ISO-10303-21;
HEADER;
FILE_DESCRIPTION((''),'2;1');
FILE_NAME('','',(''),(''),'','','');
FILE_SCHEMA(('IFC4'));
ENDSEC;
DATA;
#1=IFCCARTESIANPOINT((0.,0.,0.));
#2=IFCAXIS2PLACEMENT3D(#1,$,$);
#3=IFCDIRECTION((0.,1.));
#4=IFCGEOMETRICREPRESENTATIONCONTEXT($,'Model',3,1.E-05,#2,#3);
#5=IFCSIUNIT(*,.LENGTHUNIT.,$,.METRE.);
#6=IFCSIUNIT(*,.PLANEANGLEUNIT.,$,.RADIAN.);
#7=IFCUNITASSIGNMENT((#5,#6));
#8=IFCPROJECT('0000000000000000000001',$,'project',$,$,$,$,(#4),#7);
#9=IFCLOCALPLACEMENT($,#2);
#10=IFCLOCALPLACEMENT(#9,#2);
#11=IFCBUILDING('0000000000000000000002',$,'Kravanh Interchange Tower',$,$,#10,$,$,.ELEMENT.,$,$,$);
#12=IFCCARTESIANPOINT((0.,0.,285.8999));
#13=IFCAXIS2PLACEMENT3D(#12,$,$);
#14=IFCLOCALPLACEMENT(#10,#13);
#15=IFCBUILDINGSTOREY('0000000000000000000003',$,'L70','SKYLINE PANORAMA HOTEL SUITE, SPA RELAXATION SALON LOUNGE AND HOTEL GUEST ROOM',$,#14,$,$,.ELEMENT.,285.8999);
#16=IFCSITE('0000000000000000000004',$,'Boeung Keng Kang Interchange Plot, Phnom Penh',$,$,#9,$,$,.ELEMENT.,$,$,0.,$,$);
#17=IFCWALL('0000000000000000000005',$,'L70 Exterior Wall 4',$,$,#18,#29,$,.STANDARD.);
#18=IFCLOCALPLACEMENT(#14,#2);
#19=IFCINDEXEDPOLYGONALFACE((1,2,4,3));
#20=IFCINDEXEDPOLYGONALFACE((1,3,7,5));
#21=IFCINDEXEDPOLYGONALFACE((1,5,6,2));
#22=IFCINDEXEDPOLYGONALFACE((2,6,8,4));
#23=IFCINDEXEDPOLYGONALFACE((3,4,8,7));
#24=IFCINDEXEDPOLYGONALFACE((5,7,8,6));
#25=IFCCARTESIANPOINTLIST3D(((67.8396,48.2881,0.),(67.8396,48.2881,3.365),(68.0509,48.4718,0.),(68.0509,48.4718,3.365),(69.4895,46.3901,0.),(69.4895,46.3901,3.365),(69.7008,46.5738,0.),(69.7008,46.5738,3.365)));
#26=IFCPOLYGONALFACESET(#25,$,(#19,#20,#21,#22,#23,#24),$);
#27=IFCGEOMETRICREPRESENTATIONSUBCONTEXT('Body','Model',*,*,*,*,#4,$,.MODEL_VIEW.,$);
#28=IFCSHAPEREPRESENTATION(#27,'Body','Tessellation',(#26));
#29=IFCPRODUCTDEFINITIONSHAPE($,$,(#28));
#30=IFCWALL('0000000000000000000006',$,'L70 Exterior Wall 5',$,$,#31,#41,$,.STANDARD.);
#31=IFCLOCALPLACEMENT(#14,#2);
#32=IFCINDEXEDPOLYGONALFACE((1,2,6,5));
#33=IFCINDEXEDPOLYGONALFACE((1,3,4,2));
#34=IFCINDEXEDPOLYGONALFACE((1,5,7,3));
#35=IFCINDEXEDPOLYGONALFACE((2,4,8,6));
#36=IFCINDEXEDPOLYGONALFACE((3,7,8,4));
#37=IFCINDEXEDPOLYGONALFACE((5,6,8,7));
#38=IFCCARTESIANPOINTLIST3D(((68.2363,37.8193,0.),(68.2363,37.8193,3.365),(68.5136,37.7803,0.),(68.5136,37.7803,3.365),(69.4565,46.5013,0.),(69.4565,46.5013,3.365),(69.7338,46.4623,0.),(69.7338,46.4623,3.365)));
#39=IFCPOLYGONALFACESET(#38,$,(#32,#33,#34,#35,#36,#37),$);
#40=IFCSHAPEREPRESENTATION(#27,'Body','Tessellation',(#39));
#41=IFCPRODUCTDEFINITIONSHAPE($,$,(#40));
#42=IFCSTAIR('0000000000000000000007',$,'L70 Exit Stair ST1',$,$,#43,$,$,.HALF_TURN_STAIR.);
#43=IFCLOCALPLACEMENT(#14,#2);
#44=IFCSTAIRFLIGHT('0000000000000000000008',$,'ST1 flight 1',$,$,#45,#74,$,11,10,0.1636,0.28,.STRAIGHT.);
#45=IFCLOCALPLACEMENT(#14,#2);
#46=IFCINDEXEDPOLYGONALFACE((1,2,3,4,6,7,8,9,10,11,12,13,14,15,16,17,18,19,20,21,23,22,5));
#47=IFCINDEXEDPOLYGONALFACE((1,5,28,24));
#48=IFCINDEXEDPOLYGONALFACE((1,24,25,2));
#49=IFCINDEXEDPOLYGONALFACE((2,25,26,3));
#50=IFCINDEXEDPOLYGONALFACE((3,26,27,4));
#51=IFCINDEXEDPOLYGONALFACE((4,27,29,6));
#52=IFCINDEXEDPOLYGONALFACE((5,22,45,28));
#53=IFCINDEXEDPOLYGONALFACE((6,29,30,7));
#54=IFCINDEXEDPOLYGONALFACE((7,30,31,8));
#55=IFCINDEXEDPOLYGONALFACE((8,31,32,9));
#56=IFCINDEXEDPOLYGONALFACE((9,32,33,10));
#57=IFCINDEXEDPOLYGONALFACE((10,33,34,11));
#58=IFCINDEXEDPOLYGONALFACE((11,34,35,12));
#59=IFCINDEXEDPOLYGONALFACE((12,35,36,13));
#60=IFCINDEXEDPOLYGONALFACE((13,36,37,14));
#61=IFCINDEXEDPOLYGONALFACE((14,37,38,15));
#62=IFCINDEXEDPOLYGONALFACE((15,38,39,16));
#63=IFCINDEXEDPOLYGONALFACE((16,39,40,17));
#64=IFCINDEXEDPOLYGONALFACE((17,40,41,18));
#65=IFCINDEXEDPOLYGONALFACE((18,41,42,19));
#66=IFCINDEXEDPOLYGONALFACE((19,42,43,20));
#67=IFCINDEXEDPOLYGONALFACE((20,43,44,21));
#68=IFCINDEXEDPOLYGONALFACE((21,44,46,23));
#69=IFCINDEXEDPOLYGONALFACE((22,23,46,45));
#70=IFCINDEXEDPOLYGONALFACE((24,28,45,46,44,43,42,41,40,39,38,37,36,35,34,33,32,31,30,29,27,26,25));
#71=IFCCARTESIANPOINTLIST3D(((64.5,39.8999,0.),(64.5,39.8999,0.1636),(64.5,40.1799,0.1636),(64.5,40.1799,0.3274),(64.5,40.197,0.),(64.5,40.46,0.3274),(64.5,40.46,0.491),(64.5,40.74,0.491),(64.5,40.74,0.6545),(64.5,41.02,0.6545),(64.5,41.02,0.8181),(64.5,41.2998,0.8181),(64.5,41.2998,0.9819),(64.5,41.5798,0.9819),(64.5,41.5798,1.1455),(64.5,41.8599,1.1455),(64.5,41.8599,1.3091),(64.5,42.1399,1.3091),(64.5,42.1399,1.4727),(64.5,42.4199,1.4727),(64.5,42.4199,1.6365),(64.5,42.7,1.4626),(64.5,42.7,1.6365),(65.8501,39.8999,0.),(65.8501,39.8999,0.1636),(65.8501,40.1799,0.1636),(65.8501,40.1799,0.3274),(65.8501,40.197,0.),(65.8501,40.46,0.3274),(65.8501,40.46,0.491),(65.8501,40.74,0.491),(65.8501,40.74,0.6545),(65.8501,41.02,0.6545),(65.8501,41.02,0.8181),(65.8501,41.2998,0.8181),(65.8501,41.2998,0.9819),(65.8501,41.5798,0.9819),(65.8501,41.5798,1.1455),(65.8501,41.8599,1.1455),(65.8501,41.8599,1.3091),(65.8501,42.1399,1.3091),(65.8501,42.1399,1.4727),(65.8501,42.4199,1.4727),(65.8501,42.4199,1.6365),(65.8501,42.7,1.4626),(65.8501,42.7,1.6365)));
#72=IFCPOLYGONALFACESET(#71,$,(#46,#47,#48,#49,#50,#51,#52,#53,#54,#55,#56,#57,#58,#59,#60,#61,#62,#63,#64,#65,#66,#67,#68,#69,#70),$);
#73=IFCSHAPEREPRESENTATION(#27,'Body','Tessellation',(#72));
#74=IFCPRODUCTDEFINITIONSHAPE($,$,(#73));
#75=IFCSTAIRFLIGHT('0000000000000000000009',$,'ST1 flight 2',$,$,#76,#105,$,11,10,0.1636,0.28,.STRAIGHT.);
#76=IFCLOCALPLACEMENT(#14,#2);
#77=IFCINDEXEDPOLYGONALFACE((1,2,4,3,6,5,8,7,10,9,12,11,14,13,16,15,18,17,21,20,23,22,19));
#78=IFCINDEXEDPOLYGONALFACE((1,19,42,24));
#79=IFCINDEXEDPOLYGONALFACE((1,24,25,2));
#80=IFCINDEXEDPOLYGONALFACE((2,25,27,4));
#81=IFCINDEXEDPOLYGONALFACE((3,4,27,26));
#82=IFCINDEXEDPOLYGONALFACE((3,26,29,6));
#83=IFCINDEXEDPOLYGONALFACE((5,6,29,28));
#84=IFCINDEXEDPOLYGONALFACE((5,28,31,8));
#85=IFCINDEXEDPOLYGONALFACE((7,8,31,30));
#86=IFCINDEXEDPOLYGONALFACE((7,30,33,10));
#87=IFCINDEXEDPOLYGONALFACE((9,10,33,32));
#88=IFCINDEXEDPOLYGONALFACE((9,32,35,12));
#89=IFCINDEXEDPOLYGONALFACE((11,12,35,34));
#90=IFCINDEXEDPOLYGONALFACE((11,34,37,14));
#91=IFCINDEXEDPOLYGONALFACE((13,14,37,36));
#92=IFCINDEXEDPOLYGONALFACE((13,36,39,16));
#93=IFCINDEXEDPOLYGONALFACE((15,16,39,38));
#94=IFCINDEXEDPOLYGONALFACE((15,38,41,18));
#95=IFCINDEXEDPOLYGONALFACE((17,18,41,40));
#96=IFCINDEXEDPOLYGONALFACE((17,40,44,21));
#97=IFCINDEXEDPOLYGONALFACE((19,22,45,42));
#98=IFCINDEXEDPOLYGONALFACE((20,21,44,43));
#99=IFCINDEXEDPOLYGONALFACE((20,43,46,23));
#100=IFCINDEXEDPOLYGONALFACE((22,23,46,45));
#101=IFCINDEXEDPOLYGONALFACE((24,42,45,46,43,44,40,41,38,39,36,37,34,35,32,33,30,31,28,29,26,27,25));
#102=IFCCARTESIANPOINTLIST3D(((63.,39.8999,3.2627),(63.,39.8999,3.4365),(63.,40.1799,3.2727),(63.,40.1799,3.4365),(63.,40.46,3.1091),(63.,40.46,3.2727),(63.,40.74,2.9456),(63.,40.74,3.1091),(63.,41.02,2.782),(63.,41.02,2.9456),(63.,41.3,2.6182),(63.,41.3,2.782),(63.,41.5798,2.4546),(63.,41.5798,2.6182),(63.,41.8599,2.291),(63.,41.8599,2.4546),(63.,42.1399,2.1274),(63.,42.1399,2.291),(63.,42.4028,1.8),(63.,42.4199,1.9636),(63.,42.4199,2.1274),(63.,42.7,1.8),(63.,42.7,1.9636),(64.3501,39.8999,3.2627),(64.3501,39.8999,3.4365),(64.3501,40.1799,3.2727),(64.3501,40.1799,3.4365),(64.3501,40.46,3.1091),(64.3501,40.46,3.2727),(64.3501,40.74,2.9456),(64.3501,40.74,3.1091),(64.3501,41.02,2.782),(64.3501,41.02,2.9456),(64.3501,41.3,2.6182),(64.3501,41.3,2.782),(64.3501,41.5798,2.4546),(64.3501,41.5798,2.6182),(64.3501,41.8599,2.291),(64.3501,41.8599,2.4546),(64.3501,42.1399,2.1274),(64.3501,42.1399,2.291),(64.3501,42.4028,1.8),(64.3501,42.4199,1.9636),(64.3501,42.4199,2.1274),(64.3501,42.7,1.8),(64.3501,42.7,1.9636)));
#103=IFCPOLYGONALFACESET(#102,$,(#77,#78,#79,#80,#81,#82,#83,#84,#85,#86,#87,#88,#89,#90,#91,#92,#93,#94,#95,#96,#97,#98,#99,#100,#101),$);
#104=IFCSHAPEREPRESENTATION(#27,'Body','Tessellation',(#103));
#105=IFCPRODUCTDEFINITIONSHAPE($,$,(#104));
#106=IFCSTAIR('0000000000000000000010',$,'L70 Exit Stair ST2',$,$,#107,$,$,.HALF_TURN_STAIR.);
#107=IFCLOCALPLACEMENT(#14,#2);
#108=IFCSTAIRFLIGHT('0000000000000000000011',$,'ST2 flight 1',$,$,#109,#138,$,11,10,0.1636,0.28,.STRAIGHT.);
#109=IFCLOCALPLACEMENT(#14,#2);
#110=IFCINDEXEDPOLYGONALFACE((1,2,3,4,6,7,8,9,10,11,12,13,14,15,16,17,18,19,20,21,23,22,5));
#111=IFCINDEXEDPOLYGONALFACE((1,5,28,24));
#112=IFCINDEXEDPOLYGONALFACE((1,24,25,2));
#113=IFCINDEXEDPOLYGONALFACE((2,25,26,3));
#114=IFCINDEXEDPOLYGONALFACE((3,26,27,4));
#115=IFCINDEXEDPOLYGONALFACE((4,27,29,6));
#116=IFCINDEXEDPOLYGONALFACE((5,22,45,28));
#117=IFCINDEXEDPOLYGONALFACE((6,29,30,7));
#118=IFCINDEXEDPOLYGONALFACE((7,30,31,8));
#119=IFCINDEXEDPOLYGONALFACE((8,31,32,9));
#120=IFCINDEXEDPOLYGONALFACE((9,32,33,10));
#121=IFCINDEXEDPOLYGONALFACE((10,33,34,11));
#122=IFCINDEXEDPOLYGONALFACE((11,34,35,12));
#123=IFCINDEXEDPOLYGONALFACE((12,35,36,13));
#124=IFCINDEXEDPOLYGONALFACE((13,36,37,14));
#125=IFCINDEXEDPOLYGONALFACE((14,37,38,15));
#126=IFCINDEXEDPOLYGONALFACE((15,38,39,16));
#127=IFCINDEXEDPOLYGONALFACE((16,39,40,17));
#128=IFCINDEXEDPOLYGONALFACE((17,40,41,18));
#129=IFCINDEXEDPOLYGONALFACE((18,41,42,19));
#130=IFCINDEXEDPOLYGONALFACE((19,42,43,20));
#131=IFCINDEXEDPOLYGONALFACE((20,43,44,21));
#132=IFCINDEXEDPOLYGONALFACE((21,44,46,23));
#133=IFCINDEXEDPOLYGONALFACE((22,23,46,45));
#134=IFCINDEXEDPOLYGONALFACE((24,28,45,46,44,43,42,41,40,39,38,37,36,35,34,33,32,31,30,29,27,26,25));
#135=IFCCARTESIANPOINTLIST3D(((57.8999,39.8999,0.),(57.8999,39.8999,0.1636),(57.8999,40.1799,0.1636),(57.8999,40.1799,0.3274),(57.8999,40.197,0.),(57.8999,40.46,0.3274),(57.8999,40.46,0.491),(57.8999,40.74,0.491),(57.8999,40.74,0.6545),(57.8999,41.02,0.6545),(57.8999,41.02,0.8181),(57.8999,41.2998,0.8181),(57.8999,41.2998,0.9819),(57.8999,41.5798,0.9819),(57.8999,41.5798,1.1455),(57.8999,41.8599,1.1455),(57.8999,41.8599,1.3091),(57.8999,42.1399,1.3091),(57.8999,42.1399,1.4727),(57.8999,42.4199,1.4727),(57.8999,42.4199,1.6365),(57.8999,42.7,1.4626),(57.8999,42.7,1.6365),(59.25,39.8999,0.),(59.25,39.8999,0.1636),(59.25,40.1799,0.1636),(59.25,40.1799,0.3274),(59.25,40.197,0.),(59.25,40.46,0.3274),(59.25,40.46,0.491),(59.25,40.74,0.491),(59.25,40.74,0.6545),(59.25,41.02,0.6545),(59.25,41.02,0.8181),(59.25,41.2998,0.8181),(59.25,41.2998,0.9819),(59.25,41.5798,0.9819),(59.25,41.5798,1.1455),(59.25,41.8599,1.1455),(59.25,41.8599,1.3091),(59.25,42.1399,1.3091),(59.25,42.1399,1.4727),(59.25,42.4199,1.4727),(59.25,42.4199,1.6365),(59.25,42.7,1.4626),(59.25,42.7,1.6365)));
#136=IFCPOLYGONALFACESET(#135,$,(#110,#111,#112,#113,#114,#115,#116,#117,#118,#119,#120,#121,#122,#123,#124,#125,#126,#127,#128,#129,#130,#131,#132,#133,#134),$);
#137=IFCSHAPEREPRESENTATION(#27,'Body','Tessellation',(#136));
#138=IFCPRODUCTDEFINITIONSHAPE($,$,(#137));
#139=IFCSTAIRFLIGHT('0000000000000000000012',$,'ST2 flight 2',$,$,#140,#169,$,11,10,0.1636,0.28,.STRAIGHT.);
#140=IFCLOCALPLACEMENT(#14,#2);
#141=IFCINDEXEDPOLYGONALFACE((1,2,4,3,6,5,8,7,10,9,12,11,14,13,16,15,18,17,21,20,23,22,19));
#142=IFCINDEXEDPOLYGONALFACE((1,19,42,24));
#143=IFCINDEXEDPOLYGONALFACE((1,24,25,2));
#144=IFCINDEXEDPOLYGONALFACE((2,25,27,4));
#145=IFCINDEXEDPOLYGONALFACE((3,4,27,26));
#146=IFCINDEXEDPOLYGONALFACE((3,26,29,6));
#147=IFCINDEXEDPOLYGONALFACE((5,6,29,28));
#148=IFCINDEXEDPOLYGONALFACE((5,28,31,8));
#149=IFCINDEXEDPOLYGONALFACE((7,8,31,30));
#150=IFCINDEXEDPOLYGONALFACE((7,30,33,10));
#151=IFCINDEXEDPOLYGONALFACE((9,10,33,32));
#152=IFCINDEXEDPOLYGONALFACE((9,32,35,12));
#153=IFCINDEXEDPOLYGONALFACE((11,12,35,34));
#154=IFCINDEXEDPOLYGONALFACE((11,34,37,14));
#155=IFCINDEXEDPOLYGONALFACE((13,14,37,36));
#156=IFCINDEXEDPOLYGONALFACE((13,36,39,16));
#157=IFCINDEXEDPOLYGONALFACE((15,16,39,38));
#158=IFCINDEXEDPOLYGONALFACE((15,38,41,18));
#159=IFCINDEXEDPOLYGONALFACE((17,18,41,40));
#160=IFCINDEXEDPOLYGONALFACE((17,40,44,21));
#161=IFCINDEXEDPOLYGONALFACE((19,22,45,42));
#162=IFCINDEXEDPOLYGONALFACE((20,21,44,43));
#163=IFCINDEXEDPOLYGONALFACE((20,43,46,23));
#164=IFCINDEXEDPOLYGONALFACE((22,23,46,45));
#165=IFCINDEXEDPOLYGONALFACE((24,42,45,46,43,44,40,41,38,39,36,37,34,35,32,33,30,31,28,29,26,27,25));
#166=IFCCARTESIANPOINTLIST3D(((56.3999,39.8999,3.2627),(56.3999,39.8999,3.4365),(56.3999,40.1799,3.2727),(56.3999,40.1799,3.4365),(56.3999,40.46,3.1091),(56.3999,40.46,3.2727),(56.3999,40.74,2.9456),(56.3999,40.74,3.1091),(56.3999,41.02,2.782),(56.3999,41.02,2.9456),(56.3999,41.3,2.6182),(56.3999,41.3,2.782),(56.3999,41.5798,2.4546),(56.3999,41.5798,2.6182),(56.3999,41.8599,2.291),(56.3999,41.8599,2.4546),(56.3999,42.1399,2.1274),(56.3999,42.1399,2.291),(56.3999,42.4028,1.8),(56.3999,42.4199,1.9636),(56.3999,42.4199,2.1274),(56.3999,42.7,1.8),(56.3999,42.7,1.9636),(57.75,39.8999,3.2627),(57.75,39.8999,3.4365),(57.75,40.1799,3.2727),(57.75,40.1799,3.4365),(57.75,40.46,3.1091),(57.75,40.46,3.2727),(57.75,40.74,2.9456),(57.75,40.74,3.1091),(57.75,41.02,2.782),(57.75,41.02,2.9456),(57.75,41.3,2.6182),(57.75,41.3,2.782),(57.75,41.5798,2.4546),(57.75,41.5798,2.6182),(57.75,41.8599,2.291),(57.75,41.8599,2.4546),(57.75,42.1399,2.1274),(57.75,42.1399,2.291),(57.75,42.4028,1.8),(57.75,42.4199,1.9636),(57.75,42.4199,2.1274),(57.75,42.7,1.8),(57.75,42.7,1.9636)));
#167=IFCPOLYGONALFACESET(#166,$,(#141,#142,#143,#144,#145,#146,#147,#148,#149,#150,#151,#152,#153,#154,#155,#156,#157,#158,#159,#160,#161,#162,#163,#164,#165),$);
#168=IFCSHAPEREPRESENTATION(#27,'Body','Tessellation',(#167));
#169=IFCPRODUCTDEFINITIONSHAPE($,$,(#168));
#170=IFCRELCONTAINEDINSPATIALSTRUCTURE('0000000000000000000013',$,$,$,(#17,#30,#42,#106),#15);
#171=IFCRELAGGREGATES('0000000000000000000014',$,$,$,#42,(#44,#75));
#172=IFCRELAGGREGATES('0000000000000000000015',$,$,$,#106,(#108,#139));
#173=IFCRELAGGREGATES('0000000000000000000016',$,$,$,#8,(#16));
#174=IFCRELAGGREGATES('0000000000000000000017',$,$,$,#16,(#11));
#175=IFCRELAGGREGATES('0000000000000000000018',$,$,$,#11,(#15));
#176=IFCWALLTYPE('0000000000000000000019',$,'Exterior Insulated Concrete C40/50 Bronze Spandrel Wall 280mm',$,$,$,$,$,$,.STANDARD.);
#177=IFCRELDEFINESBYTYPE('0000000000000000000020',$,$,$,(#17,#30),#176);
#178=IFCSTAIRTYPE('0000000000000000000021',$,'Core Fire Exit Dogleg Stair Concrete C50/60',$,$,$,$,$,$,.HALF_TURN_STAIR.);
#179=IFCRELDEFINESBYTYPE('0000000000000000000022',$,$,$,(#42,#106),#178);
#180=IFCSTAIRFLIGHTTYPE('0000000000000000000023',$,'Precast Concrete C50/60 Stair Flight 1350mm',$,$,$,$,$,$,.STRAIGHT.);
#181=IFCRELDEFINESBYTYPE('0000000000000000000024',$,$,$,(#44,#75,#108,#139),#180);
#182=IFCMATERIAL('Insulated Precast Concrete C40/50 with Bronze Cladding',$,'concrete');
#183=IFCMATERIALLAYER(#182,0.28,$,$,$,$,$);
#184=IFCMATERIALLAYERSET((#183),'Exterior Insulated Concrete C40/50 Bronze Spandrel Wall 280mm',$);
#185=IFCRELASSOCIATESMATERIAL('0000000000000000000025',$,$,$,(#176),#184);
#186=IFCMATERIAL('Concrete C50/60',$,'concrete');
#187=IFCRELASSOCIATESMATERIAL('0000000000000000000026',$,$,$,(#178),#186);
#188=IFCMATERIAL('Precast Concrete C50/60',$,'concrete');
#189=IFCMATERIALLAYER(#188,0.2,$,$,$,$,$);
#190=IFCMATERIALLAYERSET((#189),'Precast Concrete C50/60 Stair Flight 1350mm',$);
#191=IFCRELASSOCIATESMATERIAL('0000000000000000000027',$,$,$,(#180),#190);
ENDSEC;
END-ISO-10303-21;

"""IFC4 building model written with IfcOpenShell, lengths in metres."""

from ifc_helpers import new_model, si_unit, direction, frame, frame_2d, origin, place, context, subcontext, project, spatial, polyline, rectangle, outline, extrude, material, layer, layer_set, type_object, element, aggregate, save


model = new_model("IFC4")

# Units and contexts
model_context = context("Model", 3, precision=1e-05, world=origin(), true_north=direction((0.0, 1.0)))
body_context = subcontext(model_context, "Body", "Model", "MODEL_VIEW")
ifc_project = project(units=[si_unit("LENGTHUNIT", "METRE"), si_unit("PLANEANGLEUNIT", "RADIAN")], contexts=[model_context])

# Site, building, storey
site_placement = place(None, origin())
site = spatial("IfcSite", under=ifc_project, at=site_placement, Name="Boeung Keng Kang Interchange Plot, Phnom Penh", CompositionType="ELEMENT", RefElevation=0.0)
building_placement = place(site_placement, origin())
building = spatial("IfcBuilding", under=site, at=building_placement, Name="Kravanh Interchange Tower", CompositionType="ELEMENT")
storey_placement = place(building_placement, frame((0.0, 0.0, 285.8999)))
storey = spatial("IfcBuildingStorey", under=building, at=storey_placement, Name="L70", Description="SKYLINE PANORAMA HOTEL SUITE, SPA RELAXATION SALON LOUNGE AND HOTEL GUEST ROOM", CompositionType="ELEMENT", Elevation=285.8999)

# Walls
ifc_material_1 = material(Name="Insulated Precast Concrete C40/50 with Bronze Cladding", Category="concrete")
ifc_layer_1 = layer(ifc_material_1, 0.28)
ifc_layer_set_1 = layer_set([ifc_layer_1], Name="Exterior Insulated Concrete C40/50 Bronze Spandrel Wall 280mm")
wall_type_1 = type_object("IfcWallType", Name="Exterior Insulated Concrete C40/50 Bronze Spandrel Wall 280mm", PredefinedType="STANDARD", material=ifc_layer_set_1)
wall_1_placement = place(storey_placement, frame((67.9453, 48.3799, 0.0), z_axis=(0.0, 0.0, 1.0), x_axis=(0.656068, -0.754702, 0.0)))
element("IfcWall", 1, at=wall_1_placement, inside=storey, type_object=wall_type_1, Name="L70 Exterior Wall 4", PredefinedType="STANDARD", context=body_context, shape_type="SweptSolid", body=[
    extrude(rectangle(XDim=2.5149, YDim=0.28, at=frame_2d((1.2573, 0.0))), origin(), (0.0, 0.0, 1.0), 3.365),
])
wall_2_placement = place(storey_placement, frame((69.5952, 46.4819, 0.0), z_axis=(0.0, 0.0, 1.0), x_axis=(-0.139179, -0.990267, 0.0)))
element("IfcWall", 2, at=wall_2_placement, inside=storey, type_object=wall_type_1, Name="L70 Exterior Wall 5", PredefinedType="STANDARD", context=body_context, shape_type="SweptSolid", body=[
    extrude(rectangle(XDim=8.7673, YDim=0.28, at=frame_2d((4.3838, 0.0))), origin(), (0.0, 0.0, 1.0), 3.365),
])

# Stairs, stair flights
ifc_material_2 = material(Name="Concrete C50/60", Category="concrete")
stair_type = type_object("IfcStairType", Name="Core Fire Exit Dogleg Stair Concrete C50/60", PredefinedType="HALF_TURN_STAIR", material=ifc_material_2)
stair_1_placement = place(storey_placement, origin())
stair_1 = element("IfcStair", 3, at=stair_1_placement, inside=storey, type_object=stair_type, Name="L70 Exit Stair ST1", PredefinedType="HALF_TURN_STAIR")
ifc_material_3 = material(Name="Precast Concrete C50/60", Category="concrete")
ifc_layer_2 = layer(ifc_material_3, 0.2)
ifc_layer_set_2 = layer_set([ifc_layer_2], Name="Precast Concrete C50/60 Stair Flight 1350mm")
stair_flight_type = type_object("IfcStairFlightType", Name="Precast Concrete C50/60 Stair Flight 1350mm", PredefinedType="STRAIGHT", material=ifc_layer_set_2)
stair_flight_1_placement = place(storey_placement, frame((65.175, 39.8999, 0.0), z_axis=(0.0, 0.0, 1.0), x_axis=(0.0, 1.0, 0.0)))
stair_flight_1 = element("IfcStairFlight", 4, at=stair_flight_1_placement, type_object=stair_flight_type, Name="ST1 flight 1", NumberOfRisers=11, NumberOfTreads=10, PredefinedType="STRAIGHT", RiserHeight=0.1636, TreadLength=0.28, context=body_context, shape_type="SweptSolid", body=[
    extrude(outline(polyline([(0.0, 0.0), (0.0, 0.1636), (0.28, 0.1636), (0.28, 0.3274), (0.5601, 0.3274), (0.5601, 0.491), (0.8401, 0.491), (0.8401, 0.6545), (1.1201, 0.6545), (1.1201, 0.8181), (1.3999, 0.8181), (1.3999, 0.9819), (1.6799, 0.9819), (1.6799, 1.1455), (1.96, 1.1455), (1.96, 1.3091), (2.24, 1.3091), (2.24, 1.4727), (2.52, 1.4727), (2.52, 1.6365), (2.8, 1.6365), (2.8, 1.8), (2.8, 1.4626), (0.2971, 0.0), (0.0, 0.0)])), frame((0.0, 0.675, 0.0), z_axis=(0.0, -1.0, 0.0), x_axis=(1.0, 0.0, 0.0)), (0.0, 0.0, 1.0), 1.3501),
])
stair_flight_2_placement = place(storey_placement, frame((63.675, 42.7, 1.8), z_axis=(0.0, 0.0, 1.0), x_axis=(0.0, -1.0, 0.0)))
stair_flight_2 = element("IfcStairFlight", 5, at=stair_flight_2_placement, type_object=stair_flight_type, Name="ST1 flight 2", NumberOfRisers=11, NumberOfTreads=10, PredefinedType="STRAIGHT", RiserHeight=0.1636, TreadLength=0.28, context=body_context, shape_type="SweptSolid", body=[
    extrude(outline(polyline([(0.0, 0.0), (0.0, 0.1636), (0.28, 0.1636), (0.28, 0.3274), (0.5601, 0.3274), (0.5601, 0.491), (0.8401, 0.491), (0.8401, 0.6545), (1.1201, 0.6545), (1.1201, 0.8181), (1.3999, 0.8181), (1.3999, 0.9819), (1.6799, 0.9819), (1.6799, 1.1455), (1.96, 1.1455), (1.96, 1.3091), (2.24, 1.3091), (2.24, 1.4727), (2.52, 1.4727), (2.52, 1.6365), (2.8, 1.6365), (2.8, 1.8), (2.8, 1.4626), (0.2971, 0.0), (0.0, 0.0)])), frame((0.0, 0.675, 0.0), z_axis=(0.0, -1.0, 0.0), x_axis=(1.0, 0.0, 0.0)), (0.0, 0.0, 1.0), 1.3501),
])
aggregate(stair_1, [stair_flight_1, stair_flight_2])
stair_2_placement = place(storey_placement, origin())
stair_2 = element("IfcStair", 6, at=stair_2_placement, inside=storey, type_object=stair_type, Name="L70 Exit Stair ST2", PredefinedType="HALF_TURN_STAIR")
stair_flight_3_placement = place(storey_placement, frame((58.575, 39.8999, 0.0), z_axis=(0.0, 0.0, 1.0), x_axis=(0.0, 1.0, 0.0)))
stair_flight_3 = element("IfcStairFlight", 7, at=stair_flight_3_placement, type_object=stair_flight_type, Name="ST2 flight 1", NumberOfRisers=11, NumberOfTreads=10, PredefinedType="STRAIGHT", RiserHeight=0.1636, TreadLength=0.28, context=body_context, shape_type="SweptSolid", body=[
    extrude(outline(polyline([(0.0, 0.0), (0.0, 0.1636), (0.28, 0.1636), (0.28, 0.3274), (0.5601, 0.3274), (0.5601, 0.491), (0.8401, 0.491), (0.8401, 0.6545), (1.1201, 0.6545), (1.1201, 0.8181), (1.3999, 0.8181), (1.3999, 0.9819), (1.6799, 0.9819), (1.6799, 1.1455), (1.96, 1.1455), (1.96, 1.3091), (2.24, 1.3091), (2.24, 1.4727), (2.52, 1.4727), (2.52, 1.6365), (2.8, 1.6365), (2.8, 1.8), (2.8, 1.4626), (0.2971, 0.0), (0.0, 0.0)])), frame((0.0, 0.675, 0.0), z_axis=(0.0, -1.0, 0.0), x_axis=(1.0, 0.0, 0.0)), (0.0, 0.0, 1.0), 1.3501),
])
stair_flight_4_placement = place(storey_placement, frame((57.075, 42.7, 1.8), z_axis=(0.0, 0.0, 1.0), x_axis=(0.0, -1.0, 0.0)))
stair_flight_4 = element("IfcStairFlight", 8, at=stair_flight_4_placement, type_object=stair_flight_type, Name="ST2 flight 2", NumberOfRisers=11, NumberOfTreads=10, PredefinedType="STRAIGHT", RiserHeight=0.1636, TreadLength=0.28, context=body_context, shape_type="SweptSolid", body=[
    extrude(outline(polyline([(0.0, 0.0), (0.0, 0.1636), (0.28, 0.1636), (0.28, 0.3274), (0.5601, 0.3274), (0.5601, 0.491), (0.8401, 0.491), (0.8401, 0.6545), (1.1201, 0.6545), (1.1201, 0.8181), (1.3999, 0.8181), (1.3999, 0.9819), (1.6799, 0.9819), (1.6799, 1.1455), (1.96, 1.1455), (1.96, 1.3091), (2.24, 1.3091), (2.24, 1.4727), (2.52, 1.4727), (2.52, 1.6365), (2.8, 1.6365), (2.8, 1.8), (2.8, 1.4626), (0.2971, 0.0), (0.0, 0.0)])), frame((0.0, 0.675, 0.0), z_axis=(0.0, -1.0, 0.0), x_axis=(1.0, 0.0, 0.0)), (0.0, 0.0, 1.0), 1.3501),
])
aggregate(stair_2, [stair_flight_3, stair_flight_4])

save(model, "model.ifc")
